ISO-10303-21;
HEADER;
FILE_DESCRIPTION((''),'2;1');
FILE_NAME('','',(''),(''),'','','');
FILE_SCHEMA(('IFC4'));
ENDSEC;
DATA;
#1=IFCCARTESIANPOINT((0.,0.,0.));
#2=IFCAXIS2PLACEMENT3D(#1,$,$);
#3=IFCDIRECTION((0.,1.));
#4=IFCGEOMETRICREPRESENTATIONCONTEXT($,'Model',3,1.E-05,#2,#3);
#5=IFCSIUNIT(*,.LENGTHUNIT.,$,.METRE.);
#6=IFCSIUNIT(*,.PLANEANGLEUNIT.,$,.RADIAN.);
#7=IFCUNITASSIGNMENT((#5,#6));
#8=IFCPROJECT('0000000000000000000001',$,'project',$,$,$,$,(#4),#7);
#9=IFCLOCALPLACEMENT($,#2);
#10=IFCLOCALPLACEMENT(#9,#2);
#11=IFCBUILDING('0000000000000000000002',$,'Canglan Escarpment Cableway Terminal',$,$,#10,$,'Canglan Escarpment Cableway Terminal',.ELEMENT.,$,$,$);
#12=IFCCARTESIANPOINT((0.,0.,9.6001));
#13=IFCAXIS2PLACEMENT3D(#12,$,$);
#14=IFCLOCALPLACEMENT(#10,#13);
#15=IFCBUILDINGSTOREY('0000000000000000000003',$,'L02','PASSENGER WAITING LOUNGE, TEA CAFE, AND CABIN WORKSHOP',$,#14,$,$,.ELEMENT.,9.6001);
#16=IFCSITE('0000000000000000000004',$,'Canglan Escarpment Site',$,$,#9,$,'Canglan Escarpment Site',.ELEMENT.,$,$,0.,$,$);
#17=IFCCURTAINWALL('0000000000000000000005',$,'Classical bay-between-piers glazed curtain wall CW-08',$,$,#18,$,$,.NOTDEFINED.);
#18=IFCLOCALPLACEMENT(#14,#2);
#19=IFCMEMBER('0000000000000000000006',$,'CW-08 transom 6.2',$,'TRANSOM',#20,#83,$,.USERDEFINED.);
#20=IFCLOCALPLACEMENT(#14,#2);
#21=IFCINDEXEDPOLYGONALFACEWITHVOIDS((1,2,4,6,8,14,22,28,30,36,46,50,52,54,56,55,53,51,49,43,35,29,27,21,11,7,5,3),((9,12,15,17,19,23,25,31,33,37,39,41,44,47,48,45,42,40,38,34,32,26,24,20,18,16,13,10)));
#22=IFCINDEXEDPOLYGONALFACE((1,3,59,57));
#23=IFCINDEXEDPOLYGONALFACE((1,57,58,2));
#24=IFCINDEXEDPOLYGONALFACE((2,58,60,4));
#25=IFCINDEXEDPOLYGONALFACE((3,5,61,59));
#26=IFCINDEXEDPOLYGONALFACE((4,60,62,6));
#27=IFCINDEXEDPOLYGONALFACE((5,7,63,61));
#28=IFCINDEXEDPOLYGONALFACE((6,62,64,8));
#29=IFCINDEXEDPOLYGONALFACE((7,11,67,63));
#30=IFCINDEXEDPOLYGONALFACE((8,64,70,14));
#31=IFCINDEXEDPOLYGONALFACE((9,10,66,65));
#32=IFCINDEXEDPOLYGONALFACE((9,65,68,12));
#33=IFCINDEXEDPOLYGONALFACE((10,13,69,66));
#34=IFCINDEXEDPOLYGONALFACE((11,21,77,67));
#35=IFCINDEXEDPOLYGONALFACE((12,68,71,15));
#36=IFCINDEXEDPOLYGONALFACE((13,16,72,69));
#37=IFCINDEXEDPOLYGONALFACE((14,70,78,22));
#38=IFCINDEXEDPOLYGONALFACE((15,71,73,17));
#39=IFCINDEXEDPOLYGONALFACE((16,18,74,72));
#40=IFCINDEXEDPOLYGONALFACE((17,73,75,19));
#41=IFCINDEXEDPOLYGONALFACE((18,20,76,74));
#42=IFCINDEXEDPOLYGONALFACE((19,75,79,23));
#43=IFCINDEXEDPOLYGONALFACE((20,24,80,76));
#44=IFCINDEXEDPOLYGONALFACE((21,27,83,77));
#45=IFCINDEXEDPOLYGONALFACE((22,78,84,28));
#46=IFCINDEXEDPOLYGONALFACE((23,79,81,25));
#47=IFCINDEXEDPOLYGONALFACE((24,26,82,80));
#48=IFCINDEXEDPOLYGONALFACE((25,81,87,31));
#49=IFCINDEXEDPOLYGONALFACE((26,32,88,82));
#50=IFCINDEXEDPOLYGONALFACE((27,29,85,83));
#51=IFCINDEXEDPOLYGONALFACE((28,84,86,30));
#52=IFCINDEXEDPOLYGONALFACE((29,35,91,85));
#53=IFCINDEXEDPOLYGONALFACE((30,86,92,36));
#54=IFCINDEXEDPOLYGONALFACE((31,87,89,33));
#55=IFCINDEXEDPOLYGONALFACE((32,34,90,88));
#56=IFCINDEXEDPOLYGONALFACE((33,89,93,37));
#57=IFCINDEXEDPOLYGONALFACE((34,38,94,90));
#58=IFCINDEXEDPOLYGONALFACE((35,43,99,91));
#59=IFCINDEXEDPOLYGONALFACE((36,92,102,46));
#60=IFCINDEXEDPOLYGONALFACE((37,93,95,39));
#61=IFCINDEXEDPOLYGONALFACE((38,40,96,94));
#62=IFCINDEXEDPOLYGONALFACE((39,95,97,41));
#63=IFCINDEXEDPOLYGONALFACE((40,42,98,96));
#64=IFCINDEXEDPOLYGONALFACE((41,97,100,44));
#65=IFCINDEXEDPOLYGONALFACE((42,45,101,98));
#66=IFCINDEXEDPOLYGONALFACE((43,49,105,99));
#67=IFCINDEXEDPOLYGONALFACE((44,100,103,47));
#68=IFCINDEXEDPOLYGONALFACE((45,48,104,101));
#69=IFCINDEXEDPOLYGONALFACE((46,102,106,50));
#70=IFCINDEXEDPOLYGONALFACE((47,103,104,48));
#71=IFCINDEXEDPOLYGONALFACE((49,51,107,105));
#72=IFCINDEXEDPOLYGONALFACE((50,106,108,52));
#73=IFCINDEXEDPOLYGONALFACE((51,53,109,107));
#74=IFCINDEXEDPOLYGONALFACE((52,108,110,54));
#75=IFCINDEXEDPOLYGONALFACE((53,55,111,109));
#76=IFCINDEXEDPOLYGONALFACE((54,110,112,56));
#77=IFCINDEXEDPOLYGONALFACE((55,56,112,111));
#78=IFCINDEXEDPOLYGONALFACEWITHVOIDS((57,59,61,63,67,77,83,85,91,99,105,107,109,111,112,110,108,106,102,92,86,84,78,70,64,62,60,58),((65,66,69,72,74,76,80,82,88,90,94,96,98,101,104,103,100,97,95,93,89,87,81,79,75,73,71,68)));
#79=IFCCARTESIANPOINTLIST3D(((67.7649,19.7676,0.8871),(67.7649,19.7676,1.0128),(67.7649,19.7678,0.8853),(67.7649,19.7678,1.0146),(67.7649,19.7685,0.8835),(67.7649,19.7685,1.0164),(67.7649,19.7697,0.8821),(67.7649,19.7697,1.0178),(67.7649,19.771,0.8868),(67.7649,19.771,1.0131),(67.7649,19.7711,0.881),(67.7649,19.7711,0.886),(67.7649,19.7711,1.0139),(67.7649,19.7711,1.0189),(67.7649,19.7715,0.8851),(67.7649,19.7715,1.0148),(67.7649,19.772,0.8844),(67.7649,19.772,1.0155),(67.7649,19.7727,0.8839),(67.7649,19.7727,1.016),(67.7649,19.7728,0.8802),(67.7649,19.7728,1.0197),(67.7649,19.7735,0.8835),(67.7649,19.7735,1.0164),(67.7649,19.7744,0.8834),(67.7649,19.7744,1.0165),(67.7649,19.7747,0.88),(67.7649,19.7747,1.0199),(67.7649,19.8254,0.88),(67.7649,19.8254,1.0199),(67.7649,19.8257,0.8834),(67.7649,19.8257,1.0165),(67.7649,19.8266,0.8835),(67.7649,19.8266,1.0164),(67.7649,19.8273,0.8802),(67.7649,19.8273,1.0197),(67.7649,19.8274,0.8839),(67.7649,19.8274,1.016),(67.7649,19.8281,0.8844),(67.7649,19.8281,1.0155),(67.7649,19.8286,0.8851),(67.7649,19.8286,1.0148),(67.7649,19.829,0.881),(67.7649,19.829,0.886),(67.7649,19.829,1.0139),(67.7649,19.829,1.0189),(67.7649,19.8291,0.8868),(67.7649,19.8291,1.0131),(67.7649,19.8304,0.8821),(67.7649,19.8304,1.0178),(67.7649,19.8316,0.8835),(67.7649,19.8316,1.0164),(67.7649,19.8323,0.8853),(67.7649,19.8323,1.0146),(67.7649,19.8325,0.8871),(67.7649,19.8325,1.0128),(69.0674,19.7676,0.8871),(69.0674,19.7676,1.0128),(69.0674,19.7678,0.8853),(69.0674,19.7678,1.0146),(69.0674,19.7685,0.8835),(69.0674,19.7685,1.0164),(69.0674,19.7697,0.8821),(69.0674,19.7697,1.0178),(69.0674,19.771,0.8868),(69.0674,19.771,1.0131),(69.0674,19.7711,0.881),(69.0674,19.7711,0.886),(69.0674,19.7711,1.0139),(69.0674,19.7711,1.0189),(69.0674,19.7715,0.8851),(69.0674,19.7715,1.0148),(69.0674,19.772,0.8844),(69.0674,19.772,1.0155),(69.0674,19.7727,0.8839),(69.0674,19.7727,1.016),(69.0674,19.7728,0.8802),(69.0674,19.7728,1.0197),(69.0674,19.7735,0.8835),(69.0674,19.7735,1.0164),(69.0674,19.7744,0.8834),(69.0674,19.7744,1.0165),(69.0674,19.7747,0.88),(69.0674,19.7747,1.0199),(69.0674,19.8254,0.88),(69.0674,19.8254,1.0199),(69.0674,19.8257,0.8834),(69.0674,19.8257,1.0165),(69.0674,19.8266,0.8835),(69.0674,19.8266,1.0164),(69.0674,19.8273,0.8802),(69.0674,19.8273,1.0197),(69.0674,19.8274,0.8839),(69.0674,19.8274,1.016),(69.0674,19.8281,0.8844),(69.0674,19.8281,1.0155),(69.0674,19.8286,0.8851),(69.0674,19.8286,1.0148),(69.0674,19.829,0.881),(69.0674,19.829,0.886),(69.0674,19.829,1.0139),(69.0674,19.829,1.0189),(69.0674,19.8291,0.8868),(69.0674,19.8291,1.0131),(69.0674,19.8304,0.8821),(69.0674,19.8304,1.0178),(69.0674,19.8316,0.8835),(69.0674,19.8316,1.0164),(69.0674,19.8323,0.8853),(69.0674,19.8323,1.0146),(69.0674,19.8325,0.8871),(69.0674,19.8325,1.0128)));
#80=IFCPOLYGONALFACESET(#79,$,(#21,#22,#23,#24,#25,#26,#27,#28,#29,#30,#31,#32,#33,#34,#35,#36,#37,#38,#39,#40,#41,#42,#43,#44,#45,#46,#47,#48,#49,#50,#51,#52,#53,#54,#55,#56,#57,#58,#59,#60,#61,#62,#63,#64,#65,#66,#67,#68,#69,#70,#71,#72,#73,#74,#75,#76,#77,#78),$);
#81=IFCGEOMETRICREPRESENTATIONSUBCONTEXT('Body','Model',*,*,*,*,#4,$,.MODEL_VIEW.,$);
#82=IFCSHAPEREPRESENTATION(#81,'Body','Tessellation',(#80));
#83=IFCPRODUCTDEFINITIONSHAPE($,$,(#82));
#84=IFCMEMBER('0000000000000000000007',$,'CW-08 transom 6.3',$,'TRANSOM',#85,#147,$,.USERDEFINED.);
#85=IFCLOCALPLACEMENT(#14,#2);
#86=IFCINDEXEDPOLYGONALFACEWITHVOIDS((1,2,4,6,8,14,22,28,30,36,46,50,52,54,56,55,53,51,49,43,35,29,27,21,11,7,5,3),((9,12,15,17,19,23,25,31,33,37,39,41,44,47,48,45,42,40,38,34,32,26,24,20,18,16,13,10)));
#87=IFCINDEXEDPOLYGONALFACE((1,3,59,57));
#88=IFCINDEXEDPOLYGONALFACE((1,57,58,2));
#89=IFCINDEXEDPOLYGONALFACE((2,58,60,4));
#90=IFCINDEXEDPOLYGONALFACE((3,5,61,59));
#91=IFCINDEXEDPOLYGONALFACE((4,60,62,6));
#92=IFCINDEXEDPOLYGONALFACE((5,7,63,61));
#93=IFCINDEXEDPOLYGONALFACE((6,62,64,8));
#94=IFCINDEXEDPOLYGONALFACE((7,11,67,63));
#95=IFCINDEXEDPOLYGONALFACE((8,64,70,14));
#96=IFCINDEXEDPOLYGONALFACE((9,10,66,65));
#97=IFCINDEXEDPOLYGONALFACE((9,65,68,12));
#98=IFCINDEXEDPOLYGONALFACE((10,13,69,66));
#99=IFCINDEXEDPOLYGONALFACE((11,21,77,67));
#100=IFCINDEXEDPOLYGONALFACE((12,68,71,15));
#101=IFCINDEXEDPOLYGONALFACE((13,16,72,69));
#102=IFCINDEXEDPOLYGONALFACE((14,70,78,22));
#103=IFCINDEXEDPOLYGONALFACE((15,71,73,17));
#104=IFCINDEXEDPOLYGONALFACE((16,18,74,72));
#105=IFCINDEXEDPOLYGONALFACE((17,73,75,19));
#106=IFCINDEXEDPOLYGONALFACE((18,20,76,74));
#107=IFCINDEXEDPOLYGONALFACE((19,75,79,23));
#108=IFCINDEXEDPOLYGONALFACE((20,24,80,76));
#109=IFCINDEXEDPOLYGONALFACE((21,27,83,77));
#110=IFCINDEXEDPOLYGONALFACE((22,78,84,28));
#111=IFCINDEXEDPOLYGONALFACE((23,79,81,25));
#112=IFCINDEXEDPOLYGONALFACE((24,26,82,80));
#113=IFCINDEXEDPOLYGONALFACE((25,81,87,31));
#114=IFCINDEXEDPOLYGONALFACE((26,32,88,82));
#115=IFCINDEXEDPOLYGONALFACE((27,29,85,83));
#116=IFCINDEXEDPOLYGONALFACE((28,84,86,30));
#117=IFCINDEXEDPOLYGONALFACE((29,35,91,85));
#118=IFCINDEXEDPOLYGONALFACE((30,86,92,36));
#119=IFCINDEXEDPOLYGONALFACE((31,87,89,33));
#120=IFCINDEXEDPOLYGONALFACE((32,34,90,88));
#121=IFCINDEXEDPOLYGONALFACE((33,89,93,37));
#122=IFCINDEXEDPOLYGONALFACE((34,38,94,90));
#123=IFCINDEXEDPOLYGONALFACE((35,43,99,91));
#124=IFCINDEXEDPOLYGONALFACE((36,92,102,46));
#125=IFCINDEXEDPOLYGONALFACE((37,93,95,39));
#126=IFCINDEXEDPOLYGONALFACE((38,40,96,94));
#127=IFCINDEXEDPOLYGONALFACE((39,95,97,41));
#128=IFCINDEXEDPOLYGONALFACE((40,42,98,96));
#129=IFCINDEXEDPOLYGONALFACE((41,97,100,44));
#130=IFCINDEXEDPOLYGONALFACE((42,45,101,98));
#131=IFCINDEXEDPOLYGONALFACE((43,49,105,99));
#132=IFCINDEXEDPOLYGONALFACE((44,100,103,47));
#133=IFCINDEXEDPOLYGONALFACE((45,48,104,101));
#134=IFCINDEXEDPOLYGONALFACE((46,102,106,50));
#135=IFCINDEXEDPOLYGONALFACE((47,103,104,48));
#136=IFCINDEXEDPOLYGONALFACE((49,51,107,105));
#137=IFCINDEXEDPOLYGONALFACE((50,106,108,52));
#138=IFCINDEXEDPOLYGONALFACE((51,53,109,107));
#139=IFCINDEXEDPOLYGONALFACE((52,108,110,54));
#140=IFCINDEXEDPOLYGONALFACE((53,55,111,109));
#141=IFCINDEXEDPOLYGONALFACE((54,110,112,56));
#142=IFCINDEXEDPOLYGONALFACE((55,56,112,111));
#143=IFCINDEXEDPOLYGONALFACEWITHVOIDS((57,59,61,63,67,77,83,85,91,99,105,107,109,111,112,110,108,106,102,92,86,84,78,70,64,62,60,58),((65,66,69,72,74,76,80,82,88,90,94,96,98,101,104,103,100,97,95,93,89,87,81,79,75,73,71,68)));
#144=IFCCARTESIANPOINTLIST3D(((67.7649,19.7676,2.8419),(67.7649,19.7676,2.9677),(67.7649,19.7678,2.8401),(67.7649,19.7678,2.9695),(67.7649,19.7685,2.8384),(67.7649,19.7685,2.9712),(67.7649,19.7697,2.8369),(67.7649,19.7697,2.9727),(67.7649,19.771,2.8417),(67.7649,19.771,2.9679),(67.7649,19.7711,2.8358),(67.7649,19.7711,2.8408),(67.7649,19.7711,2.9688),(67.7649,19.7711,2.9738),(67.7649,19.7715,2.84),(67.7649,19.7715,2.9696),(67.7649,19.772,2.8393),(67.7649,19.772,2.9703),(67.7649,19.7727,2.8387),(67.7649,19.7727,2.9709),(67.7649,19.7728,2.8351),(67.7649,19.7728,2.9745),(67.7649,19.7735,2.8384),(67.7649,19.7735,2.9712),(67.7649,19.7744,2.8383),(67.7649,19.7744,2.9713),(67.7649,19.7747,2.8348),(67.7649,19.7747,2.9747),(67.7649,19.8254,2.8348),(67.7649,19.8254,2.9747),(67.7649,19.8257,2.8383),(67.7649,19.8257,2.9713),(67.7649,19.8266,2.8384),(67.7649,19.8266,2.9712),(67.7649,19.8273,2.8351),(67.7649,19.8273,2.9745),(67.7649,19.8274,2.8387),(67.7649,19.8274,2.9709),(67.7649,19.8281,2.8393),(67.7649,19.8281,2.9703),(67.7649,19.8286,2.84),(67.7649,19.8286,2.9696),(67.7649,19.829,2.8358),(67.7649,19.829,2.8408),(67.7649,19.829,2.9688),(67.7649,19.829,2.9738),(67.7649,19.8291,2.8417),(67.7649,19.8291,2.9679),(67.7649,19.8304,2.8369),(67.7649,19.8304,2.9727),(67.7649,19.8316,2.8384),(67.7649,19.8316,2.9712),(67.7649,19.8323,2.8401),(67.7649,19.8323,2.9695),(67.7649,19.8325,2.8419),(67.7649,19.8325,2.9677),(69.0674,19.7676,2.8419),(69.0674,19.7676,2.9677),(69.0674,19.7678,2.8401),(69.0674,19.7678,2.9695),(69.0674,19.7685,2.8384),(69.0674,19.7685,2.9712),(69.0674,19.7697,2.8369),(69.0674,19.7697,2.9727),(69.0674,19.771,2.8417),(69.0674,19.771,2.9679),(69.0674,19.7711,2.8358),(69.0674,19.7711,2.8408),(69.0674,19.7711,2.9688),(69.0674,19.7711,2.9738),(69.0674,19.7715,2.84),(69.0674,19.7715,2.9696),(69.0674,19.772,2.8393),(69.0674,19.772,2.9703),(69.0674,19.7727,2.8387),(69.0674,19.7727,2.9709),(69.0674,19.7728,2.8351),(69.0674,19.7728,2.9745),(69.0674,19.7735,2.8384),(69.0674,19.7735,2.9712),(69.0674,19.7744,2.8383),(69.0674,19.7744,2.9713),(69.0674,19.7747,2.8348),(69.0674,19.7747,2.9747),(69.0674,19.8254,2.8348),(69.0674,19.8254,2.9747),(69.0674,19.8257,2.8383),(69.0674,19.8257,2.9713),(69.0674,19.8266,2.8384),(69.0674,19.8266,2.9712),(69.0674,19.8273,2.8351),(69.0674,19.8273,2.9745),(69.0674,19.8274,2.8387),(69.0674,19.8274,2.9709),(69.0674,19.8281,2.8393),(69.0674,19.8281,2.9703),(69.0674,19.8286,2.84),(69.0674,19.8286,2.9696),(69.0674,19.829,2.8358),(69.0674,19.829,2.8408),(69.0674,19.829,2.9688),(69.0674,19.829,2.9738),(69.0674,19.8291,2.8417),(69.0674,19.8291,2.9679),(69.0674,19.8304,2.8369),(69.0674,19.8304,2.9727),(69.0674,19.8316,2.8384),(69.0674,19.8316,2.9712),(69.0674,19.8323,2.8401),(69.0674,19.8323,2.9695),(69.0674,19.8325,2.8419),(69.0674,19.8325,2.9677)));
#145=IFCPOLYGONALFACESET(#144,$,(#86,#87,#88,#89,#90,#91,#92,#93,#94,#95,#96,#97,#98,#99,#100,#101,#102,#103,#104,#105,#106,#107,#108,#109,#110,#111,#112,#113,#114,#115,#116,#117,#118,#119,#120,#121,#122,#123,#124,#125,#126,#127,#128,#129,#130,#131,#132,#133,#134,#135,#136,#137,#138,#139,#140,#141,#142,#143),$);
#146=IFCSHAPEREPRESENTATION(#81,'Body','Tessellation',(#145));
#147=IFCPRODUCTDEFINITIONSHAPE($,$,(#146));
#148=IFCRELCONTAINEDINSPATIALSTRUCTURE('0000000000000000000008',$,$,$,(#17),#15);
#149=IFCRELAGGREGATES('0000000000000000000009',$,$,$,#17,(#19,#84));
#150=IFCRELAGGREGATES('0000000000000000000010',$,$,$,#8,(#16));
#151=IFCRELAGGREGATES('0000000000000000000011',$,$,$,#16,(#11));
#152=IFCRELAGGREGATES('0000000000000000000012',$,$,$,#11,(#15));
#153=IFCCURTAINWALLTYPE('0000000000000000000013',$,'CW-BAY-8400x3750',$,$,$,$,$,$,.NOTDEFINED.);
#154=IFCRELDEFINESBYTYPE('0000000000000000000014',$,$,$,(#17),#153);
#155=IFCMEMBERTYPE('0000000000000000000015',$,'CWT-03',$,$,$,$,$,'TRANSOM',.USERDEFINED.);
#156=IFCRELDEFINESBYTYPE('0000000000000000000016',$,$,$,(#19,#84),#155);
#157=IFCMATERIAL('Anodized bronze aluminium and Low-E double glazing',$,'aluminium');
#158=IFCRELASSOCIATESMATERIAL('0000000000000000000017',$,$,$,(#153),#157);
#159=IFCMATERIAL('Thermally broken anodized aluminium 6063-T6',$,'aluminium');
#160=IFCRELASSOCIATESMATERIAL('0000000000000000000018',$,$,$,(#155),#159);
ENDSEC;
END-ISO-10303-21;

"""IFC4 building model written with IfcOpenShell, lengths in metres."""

from ifc_helpers import new_model, si_unit, direction, frame, origin, origin_2d, place, context, subcontext, project, spatial, hollow_rectangle, extrude, material, material_profile, profile_set, type_object, element, aggregate, save


model = new_model("IFC4")

# Units and contexts
model_context = context("Model", 3, precision=1e-05, world=origin(), true_north=direction((0.0, 1.0)))
body_context = subcontext(model_context, "Body", "Model", "MODEL_VIEW")
ifc_project = project(units=[si_unit("LENGTHUNIT", "METRE"), si_unit("PLANEANGLEUNIT", "RADIAN")], contexts=[model_context])

# Site, building, storey
site_placement = place(None, origin())
site = spatial("IfcSite", under=ifc_project, at=site_placement, Name="Canglan Escarpment Site", LongName="Canglan Escarpment Site", CompositionType="ELEMENT", RefElevation=0.0)
building_placement = place(site_placement, origin())
building = spatial("IfcBuilding", under=site, at=building_placement, Name="Canglan Escarpment Cableway Terminal", LongName="Canglan Escarpment Cableway Terminal", CompositionType="ELEMENT")
storey_placement = place(building_placement, frame((0.0, 0.0, 9.6001)))
storey = spatial("IfcBuildingStorey", under=building, at=storey_placement, Name="L02", Description="PASSENGER WAITING LOUNGE, TEA CAFE, AND CABIN WORKSHOP", CompositionType="ELEMENT", Elevation=9.6001)

# Curtain wall, members
ifc_material_1 = material(Name="Anodized bronze aluminium and Low-E double glazing", Category="aluminium")
curtain_wall_type = type_object("IfcCurtainWallType", Name="CW-BAY-8400x3750", PredefinedType="NOTDEFINED", material=ifc_material_1)
curtain_wall_placement = place(storey_placement, origin())
curtain_wall = element("IfcCurtainWall", 1, at=curtain_wall_placement, inside=storey, type_object=curtain_wall_type, Name="Classical bay-between-piers glazed curtain wall CW-08", PredefinedType="NOTDEFINED")
ifc_material_2 = material(Name="Thermally broken anodized aluminium 6063-T6", Category="aluminium")
ifc_material_profile_1 = material_profile(ifc_material_2, hollow_rectangle(XDim=0.0649, YDim=0.1399, WallThickness=0.0034, InnerFilletRadius=0.0034, OuterFilletRadius=0.0071, at=origin_2d()), Name="ALU-TRAN 65x140x3.5")
ifc_profile_set_1 = profile_set([ifc_material_profile_1], Name="Thermally broken anodized aluminium 6063-T6")
member_type_1 = type_object("IfcMemberType", Name="CWT-03", ElementType="TRANSOM", PredefinedType="USERDEFINED", material=ifc_profile_set_1)
member_1_placement = place(storey_placement, frame((69.0674, 19.8, 0.95), z_axis=(-1.0, 0.0, 0.0), x_axis=(0.0, -1.0, 0.0)))
member_1 = element("IfcMember", 2, at=member_1_placement, type_object=member_type_1, Name="CW-08 transom 6.2", ObjectType="TRANSOM", PredefinedType="USERDEFINED", context=body_context, shape_type="SweptSolid", body=[
    extrude(hollow_rectangle(XDim=0.0649, YDim=0.1399, WallThickness=0.0034, InnerFilletRadius=0.0034, OuterFilletRadius=0.0071, at=origin_2d()), origin(), (0.0, 0.0, 1.0), 1.3025),
])
member_2_placement = place(storey_placement, frame((69.0674, 19.8, 2.9048), z_axis=(-1.0, 0.0, 0.0), x_axis=(0.0, -1.0, 0.0)))
member_2 = element("IfcMember", 3, at=member_2_placement, type_object=member_type_1, Name="CW-08 transom 6.3", ObjectType="TRANSOM", PredefinedType="USERDEFINED", context=body_context, shape_type="SweptSolid", body=[
    extrude(hollow_rectangle(XDim=0.0649, YDim=0.1399, WallThickness=0.0034, InnerFilletRadius=0.0034, OuterFilletRadius=0.0071, at=origin_2d()), origin(), (0.0, 0.0, 1.0), 1.3025),
])
aggregate(curtain_wall, [member_1, member_2])

save(model, "model.ifc")
